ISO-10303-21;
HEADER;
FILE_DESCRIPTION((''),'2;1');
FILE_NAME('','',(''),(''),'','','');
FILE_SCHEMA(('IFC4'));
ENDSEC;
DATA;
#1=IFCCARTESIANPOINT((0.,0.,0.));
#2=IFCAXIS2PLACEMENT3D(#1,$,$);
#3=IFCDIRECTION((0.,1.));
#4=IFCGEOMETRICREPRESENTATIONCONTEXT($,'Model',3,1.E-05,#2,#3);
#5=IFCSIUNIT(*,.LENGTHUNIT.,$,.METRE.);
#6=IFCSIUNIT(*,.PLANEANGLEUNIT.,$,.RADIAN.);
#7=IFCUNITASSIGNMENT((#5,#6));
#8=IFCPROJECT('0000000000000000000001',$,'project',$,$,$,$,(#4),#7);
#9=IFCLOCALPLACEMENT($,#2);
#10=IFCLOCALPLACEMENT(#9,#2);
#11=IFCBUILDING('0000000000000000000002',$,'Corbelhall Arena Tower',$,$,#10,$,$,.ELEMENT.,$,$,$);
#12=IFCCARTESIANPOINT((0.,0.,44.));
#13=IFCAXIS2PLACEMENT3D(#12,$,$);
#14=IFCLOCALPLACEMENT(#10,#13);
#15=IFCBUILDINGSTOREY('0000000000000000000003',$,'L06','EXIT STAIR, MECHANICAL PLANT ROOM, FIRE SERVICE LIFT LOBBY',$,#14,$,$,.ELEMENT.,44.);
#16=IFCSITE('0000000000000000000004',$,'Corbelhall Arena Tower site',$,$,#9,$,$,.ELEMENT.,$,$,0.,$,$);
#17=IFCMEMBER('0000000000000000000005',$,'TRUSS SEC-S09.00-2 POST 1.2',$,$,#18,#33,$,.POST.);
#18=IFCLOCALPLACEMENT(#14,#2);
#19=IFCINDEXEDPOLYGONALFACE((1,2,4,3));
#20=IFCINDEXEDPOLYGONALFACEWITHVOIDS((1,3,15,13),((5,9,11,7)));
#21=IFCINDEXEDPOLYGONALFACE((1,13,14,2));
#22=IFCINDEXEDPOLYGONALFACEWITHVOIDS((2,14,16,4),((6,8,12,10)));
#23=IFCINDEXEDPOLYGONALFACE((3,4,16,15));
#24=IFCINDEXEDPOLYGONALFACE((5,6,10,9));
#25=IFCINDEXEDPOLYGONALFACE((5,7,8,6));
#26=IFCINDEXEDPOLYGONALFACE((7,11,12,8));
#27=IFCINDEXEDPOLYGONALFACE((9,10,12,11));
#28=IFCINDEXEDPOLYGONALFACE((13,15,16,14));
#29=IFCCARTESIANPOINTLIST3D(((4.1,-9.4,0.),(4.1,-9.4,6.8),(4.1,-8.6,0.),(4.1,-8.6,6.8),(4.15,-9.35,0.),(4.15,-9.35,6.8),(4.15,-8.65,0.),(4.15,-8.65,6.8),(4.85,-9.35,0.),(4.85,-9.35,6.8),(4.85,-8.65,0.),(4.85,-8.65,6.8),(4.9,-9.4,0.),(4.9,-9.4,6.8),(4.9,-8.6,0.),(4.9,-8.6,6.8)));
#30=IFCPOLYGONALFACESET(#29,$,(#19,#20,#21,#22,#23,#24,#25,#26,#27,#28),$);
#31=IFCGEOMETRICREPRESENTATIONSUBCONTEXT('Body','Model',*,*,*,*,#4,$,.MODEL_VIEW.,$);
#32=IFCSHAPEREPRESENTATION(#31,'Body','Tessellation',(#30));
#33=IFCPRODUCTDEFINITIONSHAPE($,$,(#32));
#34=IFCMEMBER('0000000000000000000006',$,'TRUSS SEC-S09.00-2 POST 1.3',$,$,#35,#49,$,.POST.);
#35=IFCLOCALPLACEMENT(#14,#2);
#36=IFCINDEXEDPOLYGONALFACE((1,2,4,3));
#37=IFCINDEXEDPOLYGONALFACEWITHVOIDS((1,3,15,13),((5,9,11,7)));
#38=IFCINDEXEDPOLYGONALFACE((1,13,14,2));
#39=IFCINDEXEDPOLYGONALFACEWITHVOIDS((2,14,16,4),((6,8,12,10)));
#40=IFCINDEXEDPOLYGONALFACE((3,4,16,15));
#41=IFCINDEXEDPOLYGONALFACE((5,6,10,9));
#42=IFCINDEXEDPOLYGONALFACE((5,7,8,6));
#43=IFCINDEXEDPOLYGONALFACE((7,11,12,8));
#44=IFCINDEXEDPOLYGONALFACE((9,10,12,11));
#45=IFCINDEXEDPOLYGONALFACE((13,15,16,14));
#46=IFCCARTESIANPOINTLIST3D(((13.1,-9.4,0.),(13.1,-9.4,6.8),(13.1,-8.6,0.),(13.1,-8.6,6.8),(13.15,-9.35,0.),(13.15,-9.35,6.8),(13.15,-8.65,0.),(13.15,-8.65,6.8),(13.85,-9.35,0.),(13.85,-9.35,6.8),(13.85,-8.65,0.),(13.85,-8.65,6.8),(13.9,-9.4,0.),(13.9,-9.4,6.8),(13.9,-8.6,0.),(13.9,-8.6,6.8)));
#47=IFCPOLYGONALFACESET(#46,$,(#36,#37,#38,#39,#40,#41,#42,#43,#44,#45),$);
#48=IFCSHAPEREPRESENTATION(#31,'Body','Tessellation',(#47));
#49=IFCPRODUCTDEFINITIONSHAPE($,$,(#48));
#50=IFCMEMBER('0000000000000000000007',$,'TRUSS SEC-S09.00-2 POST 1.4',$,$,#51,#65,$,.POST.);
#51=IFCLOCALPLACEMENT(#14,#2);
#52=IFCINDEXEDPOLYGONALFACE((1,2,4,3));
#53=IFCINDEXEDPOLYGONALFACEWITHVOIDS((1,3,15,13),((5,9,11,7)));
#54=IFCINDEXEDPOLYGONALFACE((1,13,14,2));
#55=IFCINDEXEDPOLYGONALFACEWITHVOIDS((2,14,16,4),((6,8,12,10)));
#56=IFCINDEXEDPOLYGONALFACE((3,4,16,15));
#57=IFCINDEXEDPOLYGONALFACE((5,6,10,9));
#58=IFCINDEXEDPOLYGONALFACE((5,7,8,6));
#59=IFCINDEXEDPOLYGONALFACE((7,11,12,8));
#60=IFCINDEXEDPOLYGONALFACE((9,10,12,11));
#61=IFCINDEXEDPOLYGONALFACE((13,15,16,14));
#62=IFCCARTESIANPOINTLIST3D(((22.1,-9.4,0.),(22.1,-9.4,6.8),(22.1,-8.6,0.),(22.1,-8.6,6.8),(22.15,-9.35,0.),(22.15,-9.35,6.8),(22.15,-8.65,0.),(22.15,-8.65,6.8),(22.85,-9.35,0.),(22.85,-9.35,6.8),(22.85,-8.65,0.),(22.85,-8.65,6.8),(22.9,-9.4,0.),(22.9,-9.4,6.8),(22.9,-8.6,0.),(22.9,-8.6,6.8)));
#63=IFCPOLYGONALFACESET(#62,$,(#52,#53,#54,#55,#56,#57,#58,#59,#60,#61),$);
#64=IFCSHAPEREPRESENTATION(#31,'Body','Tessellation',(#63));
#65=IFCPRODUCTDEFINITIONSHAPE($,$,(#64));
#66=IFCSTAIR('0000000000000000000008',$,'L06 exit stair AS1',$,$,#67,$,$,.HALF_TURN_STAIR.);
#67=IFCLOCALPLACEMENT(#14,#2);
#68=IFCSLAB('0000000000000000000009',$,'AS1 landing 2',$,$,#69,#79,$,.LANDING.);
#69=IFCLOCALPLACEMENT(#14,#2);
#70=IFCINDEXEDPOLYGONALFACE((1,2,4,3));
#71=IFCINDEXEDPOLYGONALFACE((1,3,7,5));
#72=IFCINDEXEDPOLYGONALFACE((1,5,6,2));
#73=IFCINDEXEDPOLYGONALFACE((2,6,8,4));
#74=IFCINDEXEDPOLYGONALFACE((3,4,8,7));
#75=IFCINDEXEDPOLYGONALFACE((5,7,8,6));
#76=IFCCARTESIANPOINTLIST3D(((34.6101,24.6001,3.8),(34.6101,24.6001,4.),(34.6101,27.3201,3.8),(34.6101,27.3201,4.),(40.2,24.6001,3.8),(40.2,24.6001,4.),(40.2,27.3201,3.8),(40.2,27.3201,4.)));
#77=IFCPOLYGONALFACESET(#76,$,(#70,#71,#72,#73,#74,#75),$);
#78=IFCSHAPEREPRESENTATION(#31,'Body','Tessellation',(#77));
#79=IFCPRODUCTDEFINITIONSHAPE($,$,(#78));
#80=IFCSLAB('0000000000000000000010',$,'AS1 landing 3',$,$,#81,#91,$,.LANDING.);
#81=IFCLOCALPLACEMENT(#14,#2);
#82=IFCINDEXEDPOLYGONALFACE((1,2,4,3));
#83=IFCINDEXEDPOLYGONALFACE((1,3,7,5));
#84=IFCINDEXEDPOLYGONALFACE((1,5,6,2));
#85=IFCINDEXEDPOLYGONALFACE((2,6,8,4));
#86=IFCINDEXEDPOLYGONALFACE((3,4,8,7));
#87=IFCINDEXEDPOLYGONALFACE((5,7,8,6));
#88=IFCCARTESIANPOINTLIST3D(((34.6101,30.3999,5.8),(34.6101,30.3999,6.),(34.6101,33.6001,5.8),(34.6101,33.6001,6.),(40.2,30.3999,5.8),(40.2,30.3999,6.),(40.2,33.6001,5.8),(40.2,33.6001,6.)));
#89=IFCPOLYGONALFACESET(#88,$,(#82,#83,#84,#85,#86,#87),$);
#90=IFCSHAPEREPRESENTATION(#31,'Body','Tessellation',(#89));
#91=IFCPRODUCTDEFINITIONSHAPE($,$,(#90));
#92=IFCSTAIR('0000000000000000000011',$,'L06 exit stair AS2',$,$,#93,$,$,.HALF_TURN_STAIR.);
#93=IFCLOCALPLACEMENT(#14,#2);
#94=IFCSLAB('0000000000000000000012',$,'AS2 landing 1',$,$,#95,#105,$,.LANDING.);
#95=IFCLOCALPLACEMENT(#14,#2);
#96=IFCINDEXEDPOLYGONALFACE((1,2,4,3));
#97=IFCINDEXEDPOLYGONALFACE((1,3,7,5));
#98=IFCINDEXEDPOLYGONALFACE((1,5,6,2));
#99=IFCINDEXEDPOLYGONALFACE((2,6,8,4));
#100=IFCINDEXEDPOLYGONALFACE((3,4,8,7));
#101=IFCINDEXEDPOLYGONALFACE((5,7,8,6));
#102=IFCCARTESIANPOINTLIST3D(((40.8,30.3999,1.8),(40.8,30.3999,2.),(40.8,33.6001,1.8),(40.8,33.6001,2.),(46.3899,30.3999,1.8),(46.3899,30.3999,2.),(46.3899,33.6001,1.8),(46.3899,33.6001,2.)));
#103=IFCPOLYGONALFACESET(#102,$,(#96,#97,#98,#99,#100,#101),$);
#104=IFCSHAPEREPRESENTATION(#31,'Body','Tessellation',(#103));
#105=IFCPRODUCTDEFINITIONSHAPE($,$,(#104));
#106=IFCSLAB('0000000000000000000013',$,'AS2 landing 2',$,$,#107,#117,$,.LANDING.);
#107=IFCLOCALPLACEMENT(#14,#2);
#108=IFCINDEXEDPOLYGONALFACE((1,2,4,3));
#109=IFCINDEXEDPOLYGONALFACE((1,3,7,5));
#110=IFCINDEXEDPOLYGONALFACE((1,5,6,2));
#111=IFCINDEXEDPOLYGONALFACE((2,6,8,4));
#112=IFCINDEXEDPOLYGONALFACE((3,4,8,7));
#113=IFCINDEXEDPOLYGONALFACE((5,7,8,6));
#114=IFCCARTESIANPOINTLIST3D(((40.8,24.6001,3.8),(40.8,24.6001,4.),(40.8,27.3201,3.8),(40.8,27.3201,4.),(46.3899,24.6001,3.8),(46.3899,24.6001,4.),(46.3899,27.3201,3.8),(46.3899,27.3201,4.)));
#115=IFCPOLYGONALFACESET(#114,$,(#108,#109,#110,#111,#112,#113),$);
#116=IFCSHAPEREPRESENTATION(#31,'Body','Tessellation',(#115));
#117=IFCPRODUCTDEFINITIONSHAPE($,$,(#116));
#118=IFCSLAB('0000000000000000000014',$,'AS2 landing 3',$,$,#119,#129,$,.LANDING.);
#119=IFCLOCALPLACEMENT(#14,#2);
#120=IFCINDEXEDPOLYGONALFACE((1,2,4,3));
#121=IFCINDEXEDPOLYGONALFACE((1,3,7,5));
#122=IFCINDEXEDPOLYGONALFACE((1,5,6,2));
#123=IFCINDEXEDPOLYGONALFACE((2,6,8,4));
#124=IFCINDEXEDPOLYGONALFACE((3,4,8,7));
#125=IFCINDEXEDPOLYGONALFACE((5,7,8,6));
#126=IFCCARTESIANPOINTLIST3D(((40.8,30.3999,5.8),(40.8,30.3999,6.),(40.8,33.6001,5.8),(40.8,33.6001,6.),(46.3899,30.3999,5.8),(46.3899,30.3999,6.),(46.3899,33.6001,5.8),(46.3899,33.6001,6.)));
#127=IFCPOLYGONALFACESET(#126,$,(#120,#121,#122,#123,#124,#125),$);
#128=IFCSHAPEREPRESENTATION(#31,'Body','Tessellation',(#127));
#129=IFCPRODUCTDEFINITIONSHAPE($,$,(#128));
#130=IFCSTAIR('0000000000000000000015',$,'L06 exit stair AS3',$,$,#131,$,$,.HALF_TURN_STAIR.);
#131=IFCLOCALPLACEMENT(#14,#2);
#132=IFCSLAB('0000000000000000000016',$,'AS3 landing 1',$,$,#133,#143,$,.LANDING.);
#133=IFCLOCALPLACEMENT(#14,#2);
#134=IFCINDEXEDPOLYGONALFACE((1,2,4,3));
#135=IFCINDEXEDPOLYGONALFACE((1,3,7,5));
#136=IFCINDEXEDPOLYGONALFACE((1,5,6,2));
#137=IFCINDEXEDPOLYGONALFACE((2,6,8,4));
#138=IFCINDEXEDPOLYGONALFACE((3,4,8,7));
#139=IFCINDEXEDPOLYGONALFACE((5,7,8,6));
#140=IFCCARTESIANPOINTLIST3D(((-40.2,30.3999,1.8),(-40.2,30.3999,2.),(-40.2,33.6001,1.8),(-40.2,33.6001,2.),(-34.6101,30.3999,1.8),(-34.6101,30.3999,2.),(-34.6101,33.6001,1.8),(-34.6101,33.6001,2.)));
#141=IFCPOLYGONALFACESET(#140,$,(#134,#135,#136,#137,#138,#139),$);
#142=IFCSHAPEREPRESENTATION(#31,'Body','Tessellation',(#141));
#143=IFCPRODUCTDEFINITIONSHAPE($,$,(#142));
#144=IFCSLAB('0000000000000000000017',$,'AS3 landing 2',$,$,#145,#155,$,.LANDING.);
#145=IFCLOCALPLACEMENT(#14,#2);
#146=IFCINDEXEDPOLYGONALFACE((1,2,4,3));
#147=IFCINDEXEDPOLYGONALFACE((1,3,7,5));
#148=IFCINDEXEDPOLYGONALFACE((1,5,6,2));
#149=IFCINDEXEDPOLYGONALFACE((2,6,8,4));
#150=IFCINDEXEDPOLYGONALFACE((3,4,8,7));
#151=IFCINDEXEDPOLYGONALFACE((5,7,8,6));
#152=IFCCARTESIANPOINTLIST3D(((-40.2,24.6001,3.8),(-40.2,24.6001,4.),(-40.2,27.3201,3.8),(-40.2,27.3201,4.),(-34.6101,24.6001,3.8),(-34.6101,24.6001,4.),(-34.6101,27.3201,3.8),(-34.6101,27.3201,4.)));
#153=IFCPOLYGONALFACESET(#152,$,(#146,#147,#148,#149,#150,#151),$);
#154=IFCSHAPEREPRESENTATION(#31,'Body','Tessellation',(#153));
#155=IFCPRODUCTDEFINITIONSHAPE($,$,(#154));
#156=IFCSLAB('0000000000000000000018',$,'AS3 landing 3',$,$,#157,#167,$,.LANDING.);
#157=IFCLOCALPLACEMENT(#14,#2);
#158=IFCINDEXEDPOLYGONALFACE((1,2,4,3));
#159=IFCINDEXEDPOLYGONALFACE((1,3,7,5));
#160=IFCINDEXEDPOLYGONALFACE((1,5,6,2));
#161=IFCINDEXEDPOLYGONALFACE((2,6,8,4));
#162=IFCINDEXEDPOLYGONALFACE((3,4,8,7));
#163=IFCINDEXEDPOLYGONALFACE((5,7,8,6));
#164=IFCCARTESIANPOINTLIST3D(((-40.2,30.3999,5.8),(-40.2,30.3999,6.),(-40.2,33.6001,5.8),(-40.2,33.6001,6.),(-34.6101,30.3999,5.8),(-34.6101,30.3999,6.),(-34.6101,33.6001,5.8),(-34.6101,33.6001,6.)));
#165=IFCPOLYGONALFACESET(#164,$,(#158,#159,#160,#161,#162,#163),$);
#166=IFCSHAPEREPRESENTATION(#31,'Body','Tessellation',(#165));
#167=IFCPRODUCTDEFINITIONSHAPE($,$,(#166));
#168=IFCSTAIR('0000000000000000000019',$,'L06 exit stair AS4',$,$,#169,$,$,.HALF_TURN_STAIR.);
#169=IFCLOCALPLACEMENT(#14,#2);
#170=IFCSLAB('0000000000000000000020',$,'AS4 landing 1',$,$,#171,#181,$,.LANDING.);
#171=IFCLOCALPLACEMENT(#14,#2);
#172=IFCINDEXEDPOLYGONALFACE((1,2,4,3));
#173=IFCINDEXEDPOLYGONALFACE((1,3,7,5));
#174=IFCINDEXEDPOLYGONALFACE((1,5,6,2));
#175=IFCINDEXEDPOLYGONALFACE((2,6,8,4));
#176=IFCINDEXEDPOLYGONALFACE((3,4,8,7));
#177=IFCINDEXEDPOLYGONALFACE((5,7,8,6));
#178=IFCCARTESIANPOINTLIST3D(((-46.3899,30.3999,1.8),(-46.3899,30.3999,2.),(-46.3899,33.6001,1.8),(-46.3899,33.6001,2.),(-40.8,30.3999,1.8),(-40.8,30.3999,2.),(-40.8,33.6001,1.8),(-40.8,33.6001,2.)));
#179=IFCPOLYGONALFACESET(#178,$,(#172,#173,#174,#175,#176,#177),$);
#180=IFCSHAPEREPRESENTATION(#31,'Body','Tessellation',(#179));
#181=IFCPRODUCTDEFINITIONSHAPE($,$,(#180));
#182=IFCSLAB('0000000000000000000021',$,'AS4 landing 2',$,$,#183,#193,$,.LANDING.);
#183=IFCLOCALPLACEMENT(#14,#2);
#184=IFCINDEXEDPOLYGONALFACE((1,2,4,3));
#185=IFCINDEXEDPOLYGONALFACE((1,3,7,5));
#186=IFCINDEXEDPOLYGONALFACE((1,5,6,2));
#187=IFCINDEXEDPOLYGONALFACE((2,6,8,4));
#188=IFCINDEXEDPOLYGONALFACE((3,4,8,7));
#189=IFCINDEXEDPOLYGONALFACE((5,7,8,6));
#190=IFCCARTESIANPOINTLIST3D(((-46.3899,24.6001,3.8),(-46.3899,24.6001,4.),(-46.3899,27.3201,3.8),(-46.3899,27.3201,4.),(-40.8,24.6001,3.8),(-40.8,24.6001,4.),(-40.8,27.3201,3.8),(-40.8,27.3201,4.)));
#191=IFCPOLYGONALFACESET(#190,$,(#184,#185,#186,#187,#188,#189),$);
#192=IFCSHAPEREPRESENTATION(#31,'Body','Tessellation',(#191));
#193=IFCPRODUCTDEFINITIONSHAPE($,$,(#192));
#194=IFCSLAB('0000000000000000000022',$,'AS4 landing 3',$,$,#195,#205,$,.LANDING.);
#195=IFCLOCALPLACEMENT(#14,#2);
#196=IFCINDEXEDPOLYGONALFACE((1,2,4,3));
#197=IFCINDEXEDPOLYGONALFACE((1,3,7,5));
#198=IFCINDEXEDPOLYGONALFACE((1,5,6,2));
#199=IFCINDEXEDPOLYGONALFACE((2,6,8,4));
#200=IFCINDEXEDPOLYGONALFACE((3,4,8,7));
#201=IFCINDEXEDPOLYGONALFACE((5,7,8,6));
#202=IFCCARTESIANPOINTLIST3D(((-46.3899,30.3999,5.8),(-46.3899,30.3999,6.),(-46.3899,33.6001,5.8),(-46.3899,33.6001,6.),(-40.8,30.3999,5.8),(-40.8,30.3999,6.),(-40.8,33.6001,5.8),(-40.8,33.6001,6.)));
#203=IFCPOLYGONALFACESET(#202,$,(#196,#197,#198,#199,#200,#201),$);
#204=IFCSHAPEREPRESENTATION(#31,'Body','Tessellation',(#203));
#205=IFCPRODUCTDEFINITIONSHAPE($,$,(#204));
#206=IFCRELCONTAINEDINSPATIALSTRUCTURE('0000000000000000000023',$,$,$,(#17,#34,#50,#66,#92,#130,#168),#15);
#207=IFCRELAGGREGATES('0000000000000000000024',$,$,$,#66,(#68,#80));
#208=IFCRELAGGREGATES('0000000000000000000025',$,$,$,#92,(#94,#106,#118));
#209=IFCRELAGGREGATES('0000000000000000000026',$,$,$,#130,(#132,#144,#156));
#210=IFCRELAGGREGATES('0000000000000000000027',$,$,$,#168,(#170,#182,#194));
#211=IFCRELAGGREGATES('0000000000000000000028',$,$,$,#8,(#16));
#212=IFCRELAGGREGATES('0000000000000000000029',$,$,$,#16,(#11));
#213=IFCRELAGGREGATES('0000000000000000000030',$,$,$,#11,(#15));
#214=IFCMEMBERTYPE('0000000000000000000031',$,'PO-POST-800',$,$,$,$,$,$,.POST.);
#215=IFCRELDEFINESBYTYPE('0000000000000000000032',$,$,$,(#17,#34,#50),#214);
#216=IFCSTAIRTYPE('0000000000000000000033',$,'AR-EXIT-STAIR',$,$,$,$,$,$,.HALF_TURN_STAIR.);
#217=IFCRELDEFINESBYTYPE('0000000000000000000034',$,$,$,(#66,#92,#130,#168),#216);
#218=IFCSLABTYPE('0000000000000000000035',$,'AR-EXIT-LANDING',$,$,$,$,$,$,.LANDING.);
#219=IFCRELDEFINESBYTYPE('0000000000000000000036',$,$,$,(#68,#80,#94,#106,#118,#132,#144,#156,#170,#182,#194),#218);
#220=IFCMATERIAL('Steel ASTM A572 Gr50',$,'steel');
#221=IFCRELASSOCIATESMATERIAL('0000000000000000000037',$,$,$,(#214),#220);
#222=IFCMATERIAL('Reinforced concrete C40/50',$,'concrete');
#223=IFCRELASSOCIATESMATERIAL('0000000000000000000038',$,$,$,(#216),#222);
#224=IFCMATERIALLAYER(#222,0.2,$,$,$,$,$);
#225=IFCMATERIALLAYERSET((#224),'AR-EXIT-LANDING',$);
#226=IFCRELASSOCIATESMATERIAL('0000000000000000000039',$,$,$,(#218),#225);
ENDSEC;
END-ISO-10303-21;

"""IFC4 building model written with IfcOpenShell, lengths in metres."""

from ifc_helpers import new_model, si_unit, direction, frame, origin, origin_2d, place, context, subcontext, project, spatial, polyline, hollow_rectangle, outline, extrude, material, layer, layer_set, material_profile, profile_set, type_object, element, aggregate, save


model = new_model("IFC4")

# Units and contexts
model_context = context("Model", 3, precision=1e-05, world=origin(), true_north=direction((0.0, 1.0)))
body_context = subcontext(model_context, "Body", "Model", "MODEL_VIEW")
ifc_project = project(units=[si_unit("LENGTHUNIT", "METRE"), si_unit("PLANEANGLEUNIT", "RADIAN")], contexts=[model_context])

# Site, building, storey
site_placement = place(None, origin())
site = spatial("IfcSite", under=ifc_project, at=site_placement, Name="Corbelhall Arena Tower site", CompositionType="ELEMENT", RefElevation=0.0)
building_placement = place(site_placement, origin())
building = spatial("IfcBuilding", under=site, at=building_placement, Name="Corbelhall Arena Tower", CompositionType="ELEMENT")
storey_placement = place(building_placement, frame((0.0, 0.0, 44.0)))
storey = spatial("IfcBuildingStorey", under=building, at=storey_placement, Name="L06", Description="EXIT STAIR, MECHANICAL PLANT ROOM, FIRE SERVICE LIFT LOBBY", CompositionType="ELEMENT", Elevation=44.0)

# Members
ifc_material_1 = material(Name="Steel ASTM A572 Gr50", Category="steel")
ifc_material_profile_1 = material_profile(ifc_material_1, hollow_rectangle(XDim=0.8, YDim=0.8, WallThickness=0.05, at=origin_2d()))
ifc_profile_set_1 = profile_set([ifc_material_profile_1], Name="Steel ASTM A572 Gr50")
member_type_1 = type_object("IfcMemberType", Name="PO-POST-800", PredefinedType="POST", material=ifc_profile_set_1)
for number, where, z_axis, x_axis, name in (
    (1, (4.5, -9.0, 0.0), (0.0, 0.0, 1.0), (1.0, 0.0, 0.0), "TRUSS SEC-S09.00-2 POST 1.2"),
    (2, (13.5, -9.0, 0.0), (0.0, 0.0, 1.0), (1.0, 0.0, 0.0), "TRUSS SEC-S09.00-2 POST 1.3"),
    (3, (22.5, -9.0, 0.0), (0.0, 0.0, 1.0), (1.0, 0.0, 0.0), "TRUSS SEC-S09.00-2 POST 1.4"),
):
    element("IfcMember", number, at=place(storey_placement, frame(where, z_axis=z_axis, x_axis=x_axis)), inside=storey, type_object=member_type_1, Name=name, PredefinedType="POST", context=body_context, shape_type="SweptSolid", body=[
        extrude(hollow_rectangle(XDim=0.8, YDim=0.8, WallThickness=0.05, at=origin_2d()), origin(), (0.0, 0.0, 1.0), 6.8),
    ])

# Stairs, slabs
ifc_material_2 = material(Name="Reinforced concrete C40/50", Category="concrete")
stair_type = type_object("IfcStairType", Name="AR-EXIT-STAIR", PredefinedType="HALF_TURN_STAIR", material=ifc_material_2)
stair_1_placement = place(storey_placement, origin())
stair_1 = element("IfcStair", 4, at=stair_1_placement, inside=storey, type_object=stair_type, Name="L06 exit stair AS1", PredefinedType="HALF_TURN_STAIR")
ifc_layer_1 = layer(ifc_material_2, 0.2)
ifc_layer_set_1 = layer_set([ifc_layer_1], Name="AR-EXIT-LANDING")
slab_type_1 = type_object("IfcSlabType", Name="AR-EXIT-LANDING", PredefinedType="LANDING", material=ifc_layer_set_1)
slab_1_placement = place(storey_placement, frame((0.0, 0.0, 3.8)))
slab_1 = element("IfcSlab", 5, at=slab_1_placement, type_object=slab_type_1, Name="AS1 landing 2", PredefinedType="LANDING", context=body_context, shape_type="SweptSolid", body=[
    extrude(outline(polyline([(40.2, 24.6001), (40.2, 27.3201), (34.6101, 27.3201), (34.6101, 24.6001), (40.2, 24.6001)])), origin(), (0.0, 0.0, 1.0), 0.2),
])
slab_2_placement = place(storey_placement, frame((0.0, 0.0, 5.8)))
slab_2 = element("IfcSlab", 6, at=slab_2_placement, type_object=slab_type_1, Name="AS1 landing 3", PredefinedType="LANDING", context=body_context, shape_type="SweptSolid", body=[
    extrude(outline(polyline([(40.2, 30.3999), (40.2, 33.6001), (34.6101, 33.6001), (34.6101, 30.3999), (40.2, 30.3999)])), origin(), (0.0, 0.0, 1.0), 0.2),
])
aggregate(stair_1, [slab_1, slab_2])
stair_2_placement = place(storey_placement, origin())
stair_2 = element("IfcStair", 7, at=stair_2_placement, inside=storey, type_object=stair_type, Name="L06 exit stair AS2", PredefinedType="HALF_TURN_STAIR")
slab_3_placement = place(storey_placement, frame((0.0, 0.0, 1.8)))
slab_3 = element("IfcSlab", 8, at=slab_3_placement, type_object=slab_type_1, Name="AS2 landing 1", PredefinedType="LANDING", context=body_context, shape_type="SweptSolid", body=[
    extrude(outline(polyline([(46.3899, 30.3999), (46.3899, 33.6001), (40.8, 33.6001), (40.8, 30.3999), (46.3899, 30.3999)])), origin(), (0.0, 0.0, 1.0), 0.2),
])
slab_4_placement = place(storey_placement, frame((0.0, 0.0, 3.8)))
slab_4 = element("IfcSlab", 9, at=slab_4_placement, type_object=slab_type_1, Name="AS2 landing 2", PredefinedType="LANDING", context=body_context, shape_type="SweptSolid", body=[
    extrude(outline(polyline([(46.3899, 24.6001), (46.3899, 27.3201), (40.8, 27.3201), (40.8, 24.6001), (46.3899, 24.6001)])), origin(), (0.0, 0.0, 1.0), 0.2),
])
slab_5_placement = place(storey_placement, frame((0.0, 0.0, 5.8)))
slab_5 = element("IfcSlab", 10, at=slab_5_placement, type_object=slab_type_1, Name="AS2 landing 3", PredefinedType="LANDING", context=body_context, shape_type="SweptSolid", body=[
    extrude(outline(polyline([(46.3899, 30.3999), (46.3899, 33.6001), (40.8, 33.6001), (40.8, 30.3999), (46.3899, 30.3999)])), origin(), (0.0, 0.0, 1.0), 0.2),
])
aggregate(stair_2, [slab_3, slab_4, slab_5])
stair_3_placement = place(storey_placement, origin())
stair_3 = element("IfcStair", 11, at=stair_3_placement, inside=storey, type_object=stair_type, Name="L06 exit stair AS3", PredefinedType="HALF_TURN_STAIR")
slab_6_placement = place(storey_placement, frame((0.0, 0.0, 1.8)))
slab_6 = element("IfcSlab", 12, at=slab_6_placement, type_object=slab_type_1, Name="AS3 landing 1", PredefinedType="LANDING", context=body_context, shape_type="SweptSolid", body=[
    extrude(outline(polyline([(-34.6101, 30.3999), (-34.6101, 33.6001), (-40.2, 33.6001), (-40.2, 30.3999), (-34.6101, 30.3999)])), origin(), (0.0, 0.0, 1.0), 0.2),
])
slab_7_placement = place(storey_placement, frame((0.0, 0.0, 3.8)))
slab_7 = element("IfcSlab", 13, at=slab_7_placement, type_object=slab_type_1, Name="AS3 landing 2", PredefinedType="LANDING", context=body_context, shape_type="SweptSolid", body=[
    extrude(outline(polyline([(-34.6101, 24.6001), (-34.6101, 27.3201), (-40.2, 27.3201), (-40.2, 24.6001), (-34.6101, 24.6001)])), origin(), (0.0, 0.0, 1.0), 0.2),
])
slab_8_placement = place(storey_placement, frame((0.0, 0.0, 5.8)))
slab_8 = element("IfcSlab", 14, at=slab_8_placement, type_object=slab_type_1, Name="AS3 landing 3", PredefinedType="LANDING", context=body_context, shape_type="SweptSolid", body=[
    extrude(outline(polyline([(-34.6101, 30.3999), (-34.6101, 33.6001), (-40.2, 33.6001), (-40.2, 30.3999), (-34.6101, 30.3999)])), origin(), (0.0, 0.0, 1.0), 0.2),
])
aggregate(stair_3, [slab_6, slab_7, slab_8])
stair_4_placement = place(storey_placement, origin())
stair_4 = element("IfcStair", 15, at=stair_4_placement, inside=storey, type_object=stair_type, Name="L06 exit stair AS4", PredefinedType="HALF_TURN_STAIR")
slab_9_placement = place(storey_placement, frame((0.0, 0.0, 1.8)))
slab_9 = element("IfcSlab", 16, at=slab_9_placement, type_object=slab_type_1, Name="AS4 landing 1", PredefinedType="LANDING", context=body_context, shape_type="SweptSolid", body=[
    extrude(outline(polyline([(-40.8, 30.3999), (-40.8, 33.6001), (-46.3899, 33.6001), (-46.3899, 30.3999), (-40.8, 30.3999)])), origin(), (0.0, 0.0, 1.0), 0.2),
])
slab_10_placement = place(storey_placement, frame((0.0, 0.0, 3.8)))
slab_10 = element("IfcSlab", 17, at=slab_10_placement, type_object=slab_type_1, Name="AS4 landing 2", PredefinedType="LANDING", context=body_context, shape_type="SweptSolid", body=[
    extrude(outline(polyline([(-40.8, 24.6001), (-40.8, 27.3201), (-46.3899, 27.3201), (-46.3899, 24.6001), (-40.8, 24.6001)])), origin(), (0.0, 0.0, 1.0), 0.2),
])
slab_11_placement = place(storey_placement, frame((0.0, 0.0, 5.8)))
slab_11 = element("IfcSlab", 18, at=slab_11_placement, type_object=slab_type_1, Name="AS4 landing 3", PredefinedType="LANDING", context=body_context, shape_type="SweptSolid", body=[
    extrude(outline(polyline([(-40.8, 30.3999), (-40.8, 33.6001), (-46.3899, 33.6001), (-46.3899, 30.3999), (-40.8, 30.3999)])), origin(), (0.0, 0.0, 1.0), 0.2),
])
aggregate(stair_4, [slab_9, slab_10, slab_11])

save(model, "model.ifc")
